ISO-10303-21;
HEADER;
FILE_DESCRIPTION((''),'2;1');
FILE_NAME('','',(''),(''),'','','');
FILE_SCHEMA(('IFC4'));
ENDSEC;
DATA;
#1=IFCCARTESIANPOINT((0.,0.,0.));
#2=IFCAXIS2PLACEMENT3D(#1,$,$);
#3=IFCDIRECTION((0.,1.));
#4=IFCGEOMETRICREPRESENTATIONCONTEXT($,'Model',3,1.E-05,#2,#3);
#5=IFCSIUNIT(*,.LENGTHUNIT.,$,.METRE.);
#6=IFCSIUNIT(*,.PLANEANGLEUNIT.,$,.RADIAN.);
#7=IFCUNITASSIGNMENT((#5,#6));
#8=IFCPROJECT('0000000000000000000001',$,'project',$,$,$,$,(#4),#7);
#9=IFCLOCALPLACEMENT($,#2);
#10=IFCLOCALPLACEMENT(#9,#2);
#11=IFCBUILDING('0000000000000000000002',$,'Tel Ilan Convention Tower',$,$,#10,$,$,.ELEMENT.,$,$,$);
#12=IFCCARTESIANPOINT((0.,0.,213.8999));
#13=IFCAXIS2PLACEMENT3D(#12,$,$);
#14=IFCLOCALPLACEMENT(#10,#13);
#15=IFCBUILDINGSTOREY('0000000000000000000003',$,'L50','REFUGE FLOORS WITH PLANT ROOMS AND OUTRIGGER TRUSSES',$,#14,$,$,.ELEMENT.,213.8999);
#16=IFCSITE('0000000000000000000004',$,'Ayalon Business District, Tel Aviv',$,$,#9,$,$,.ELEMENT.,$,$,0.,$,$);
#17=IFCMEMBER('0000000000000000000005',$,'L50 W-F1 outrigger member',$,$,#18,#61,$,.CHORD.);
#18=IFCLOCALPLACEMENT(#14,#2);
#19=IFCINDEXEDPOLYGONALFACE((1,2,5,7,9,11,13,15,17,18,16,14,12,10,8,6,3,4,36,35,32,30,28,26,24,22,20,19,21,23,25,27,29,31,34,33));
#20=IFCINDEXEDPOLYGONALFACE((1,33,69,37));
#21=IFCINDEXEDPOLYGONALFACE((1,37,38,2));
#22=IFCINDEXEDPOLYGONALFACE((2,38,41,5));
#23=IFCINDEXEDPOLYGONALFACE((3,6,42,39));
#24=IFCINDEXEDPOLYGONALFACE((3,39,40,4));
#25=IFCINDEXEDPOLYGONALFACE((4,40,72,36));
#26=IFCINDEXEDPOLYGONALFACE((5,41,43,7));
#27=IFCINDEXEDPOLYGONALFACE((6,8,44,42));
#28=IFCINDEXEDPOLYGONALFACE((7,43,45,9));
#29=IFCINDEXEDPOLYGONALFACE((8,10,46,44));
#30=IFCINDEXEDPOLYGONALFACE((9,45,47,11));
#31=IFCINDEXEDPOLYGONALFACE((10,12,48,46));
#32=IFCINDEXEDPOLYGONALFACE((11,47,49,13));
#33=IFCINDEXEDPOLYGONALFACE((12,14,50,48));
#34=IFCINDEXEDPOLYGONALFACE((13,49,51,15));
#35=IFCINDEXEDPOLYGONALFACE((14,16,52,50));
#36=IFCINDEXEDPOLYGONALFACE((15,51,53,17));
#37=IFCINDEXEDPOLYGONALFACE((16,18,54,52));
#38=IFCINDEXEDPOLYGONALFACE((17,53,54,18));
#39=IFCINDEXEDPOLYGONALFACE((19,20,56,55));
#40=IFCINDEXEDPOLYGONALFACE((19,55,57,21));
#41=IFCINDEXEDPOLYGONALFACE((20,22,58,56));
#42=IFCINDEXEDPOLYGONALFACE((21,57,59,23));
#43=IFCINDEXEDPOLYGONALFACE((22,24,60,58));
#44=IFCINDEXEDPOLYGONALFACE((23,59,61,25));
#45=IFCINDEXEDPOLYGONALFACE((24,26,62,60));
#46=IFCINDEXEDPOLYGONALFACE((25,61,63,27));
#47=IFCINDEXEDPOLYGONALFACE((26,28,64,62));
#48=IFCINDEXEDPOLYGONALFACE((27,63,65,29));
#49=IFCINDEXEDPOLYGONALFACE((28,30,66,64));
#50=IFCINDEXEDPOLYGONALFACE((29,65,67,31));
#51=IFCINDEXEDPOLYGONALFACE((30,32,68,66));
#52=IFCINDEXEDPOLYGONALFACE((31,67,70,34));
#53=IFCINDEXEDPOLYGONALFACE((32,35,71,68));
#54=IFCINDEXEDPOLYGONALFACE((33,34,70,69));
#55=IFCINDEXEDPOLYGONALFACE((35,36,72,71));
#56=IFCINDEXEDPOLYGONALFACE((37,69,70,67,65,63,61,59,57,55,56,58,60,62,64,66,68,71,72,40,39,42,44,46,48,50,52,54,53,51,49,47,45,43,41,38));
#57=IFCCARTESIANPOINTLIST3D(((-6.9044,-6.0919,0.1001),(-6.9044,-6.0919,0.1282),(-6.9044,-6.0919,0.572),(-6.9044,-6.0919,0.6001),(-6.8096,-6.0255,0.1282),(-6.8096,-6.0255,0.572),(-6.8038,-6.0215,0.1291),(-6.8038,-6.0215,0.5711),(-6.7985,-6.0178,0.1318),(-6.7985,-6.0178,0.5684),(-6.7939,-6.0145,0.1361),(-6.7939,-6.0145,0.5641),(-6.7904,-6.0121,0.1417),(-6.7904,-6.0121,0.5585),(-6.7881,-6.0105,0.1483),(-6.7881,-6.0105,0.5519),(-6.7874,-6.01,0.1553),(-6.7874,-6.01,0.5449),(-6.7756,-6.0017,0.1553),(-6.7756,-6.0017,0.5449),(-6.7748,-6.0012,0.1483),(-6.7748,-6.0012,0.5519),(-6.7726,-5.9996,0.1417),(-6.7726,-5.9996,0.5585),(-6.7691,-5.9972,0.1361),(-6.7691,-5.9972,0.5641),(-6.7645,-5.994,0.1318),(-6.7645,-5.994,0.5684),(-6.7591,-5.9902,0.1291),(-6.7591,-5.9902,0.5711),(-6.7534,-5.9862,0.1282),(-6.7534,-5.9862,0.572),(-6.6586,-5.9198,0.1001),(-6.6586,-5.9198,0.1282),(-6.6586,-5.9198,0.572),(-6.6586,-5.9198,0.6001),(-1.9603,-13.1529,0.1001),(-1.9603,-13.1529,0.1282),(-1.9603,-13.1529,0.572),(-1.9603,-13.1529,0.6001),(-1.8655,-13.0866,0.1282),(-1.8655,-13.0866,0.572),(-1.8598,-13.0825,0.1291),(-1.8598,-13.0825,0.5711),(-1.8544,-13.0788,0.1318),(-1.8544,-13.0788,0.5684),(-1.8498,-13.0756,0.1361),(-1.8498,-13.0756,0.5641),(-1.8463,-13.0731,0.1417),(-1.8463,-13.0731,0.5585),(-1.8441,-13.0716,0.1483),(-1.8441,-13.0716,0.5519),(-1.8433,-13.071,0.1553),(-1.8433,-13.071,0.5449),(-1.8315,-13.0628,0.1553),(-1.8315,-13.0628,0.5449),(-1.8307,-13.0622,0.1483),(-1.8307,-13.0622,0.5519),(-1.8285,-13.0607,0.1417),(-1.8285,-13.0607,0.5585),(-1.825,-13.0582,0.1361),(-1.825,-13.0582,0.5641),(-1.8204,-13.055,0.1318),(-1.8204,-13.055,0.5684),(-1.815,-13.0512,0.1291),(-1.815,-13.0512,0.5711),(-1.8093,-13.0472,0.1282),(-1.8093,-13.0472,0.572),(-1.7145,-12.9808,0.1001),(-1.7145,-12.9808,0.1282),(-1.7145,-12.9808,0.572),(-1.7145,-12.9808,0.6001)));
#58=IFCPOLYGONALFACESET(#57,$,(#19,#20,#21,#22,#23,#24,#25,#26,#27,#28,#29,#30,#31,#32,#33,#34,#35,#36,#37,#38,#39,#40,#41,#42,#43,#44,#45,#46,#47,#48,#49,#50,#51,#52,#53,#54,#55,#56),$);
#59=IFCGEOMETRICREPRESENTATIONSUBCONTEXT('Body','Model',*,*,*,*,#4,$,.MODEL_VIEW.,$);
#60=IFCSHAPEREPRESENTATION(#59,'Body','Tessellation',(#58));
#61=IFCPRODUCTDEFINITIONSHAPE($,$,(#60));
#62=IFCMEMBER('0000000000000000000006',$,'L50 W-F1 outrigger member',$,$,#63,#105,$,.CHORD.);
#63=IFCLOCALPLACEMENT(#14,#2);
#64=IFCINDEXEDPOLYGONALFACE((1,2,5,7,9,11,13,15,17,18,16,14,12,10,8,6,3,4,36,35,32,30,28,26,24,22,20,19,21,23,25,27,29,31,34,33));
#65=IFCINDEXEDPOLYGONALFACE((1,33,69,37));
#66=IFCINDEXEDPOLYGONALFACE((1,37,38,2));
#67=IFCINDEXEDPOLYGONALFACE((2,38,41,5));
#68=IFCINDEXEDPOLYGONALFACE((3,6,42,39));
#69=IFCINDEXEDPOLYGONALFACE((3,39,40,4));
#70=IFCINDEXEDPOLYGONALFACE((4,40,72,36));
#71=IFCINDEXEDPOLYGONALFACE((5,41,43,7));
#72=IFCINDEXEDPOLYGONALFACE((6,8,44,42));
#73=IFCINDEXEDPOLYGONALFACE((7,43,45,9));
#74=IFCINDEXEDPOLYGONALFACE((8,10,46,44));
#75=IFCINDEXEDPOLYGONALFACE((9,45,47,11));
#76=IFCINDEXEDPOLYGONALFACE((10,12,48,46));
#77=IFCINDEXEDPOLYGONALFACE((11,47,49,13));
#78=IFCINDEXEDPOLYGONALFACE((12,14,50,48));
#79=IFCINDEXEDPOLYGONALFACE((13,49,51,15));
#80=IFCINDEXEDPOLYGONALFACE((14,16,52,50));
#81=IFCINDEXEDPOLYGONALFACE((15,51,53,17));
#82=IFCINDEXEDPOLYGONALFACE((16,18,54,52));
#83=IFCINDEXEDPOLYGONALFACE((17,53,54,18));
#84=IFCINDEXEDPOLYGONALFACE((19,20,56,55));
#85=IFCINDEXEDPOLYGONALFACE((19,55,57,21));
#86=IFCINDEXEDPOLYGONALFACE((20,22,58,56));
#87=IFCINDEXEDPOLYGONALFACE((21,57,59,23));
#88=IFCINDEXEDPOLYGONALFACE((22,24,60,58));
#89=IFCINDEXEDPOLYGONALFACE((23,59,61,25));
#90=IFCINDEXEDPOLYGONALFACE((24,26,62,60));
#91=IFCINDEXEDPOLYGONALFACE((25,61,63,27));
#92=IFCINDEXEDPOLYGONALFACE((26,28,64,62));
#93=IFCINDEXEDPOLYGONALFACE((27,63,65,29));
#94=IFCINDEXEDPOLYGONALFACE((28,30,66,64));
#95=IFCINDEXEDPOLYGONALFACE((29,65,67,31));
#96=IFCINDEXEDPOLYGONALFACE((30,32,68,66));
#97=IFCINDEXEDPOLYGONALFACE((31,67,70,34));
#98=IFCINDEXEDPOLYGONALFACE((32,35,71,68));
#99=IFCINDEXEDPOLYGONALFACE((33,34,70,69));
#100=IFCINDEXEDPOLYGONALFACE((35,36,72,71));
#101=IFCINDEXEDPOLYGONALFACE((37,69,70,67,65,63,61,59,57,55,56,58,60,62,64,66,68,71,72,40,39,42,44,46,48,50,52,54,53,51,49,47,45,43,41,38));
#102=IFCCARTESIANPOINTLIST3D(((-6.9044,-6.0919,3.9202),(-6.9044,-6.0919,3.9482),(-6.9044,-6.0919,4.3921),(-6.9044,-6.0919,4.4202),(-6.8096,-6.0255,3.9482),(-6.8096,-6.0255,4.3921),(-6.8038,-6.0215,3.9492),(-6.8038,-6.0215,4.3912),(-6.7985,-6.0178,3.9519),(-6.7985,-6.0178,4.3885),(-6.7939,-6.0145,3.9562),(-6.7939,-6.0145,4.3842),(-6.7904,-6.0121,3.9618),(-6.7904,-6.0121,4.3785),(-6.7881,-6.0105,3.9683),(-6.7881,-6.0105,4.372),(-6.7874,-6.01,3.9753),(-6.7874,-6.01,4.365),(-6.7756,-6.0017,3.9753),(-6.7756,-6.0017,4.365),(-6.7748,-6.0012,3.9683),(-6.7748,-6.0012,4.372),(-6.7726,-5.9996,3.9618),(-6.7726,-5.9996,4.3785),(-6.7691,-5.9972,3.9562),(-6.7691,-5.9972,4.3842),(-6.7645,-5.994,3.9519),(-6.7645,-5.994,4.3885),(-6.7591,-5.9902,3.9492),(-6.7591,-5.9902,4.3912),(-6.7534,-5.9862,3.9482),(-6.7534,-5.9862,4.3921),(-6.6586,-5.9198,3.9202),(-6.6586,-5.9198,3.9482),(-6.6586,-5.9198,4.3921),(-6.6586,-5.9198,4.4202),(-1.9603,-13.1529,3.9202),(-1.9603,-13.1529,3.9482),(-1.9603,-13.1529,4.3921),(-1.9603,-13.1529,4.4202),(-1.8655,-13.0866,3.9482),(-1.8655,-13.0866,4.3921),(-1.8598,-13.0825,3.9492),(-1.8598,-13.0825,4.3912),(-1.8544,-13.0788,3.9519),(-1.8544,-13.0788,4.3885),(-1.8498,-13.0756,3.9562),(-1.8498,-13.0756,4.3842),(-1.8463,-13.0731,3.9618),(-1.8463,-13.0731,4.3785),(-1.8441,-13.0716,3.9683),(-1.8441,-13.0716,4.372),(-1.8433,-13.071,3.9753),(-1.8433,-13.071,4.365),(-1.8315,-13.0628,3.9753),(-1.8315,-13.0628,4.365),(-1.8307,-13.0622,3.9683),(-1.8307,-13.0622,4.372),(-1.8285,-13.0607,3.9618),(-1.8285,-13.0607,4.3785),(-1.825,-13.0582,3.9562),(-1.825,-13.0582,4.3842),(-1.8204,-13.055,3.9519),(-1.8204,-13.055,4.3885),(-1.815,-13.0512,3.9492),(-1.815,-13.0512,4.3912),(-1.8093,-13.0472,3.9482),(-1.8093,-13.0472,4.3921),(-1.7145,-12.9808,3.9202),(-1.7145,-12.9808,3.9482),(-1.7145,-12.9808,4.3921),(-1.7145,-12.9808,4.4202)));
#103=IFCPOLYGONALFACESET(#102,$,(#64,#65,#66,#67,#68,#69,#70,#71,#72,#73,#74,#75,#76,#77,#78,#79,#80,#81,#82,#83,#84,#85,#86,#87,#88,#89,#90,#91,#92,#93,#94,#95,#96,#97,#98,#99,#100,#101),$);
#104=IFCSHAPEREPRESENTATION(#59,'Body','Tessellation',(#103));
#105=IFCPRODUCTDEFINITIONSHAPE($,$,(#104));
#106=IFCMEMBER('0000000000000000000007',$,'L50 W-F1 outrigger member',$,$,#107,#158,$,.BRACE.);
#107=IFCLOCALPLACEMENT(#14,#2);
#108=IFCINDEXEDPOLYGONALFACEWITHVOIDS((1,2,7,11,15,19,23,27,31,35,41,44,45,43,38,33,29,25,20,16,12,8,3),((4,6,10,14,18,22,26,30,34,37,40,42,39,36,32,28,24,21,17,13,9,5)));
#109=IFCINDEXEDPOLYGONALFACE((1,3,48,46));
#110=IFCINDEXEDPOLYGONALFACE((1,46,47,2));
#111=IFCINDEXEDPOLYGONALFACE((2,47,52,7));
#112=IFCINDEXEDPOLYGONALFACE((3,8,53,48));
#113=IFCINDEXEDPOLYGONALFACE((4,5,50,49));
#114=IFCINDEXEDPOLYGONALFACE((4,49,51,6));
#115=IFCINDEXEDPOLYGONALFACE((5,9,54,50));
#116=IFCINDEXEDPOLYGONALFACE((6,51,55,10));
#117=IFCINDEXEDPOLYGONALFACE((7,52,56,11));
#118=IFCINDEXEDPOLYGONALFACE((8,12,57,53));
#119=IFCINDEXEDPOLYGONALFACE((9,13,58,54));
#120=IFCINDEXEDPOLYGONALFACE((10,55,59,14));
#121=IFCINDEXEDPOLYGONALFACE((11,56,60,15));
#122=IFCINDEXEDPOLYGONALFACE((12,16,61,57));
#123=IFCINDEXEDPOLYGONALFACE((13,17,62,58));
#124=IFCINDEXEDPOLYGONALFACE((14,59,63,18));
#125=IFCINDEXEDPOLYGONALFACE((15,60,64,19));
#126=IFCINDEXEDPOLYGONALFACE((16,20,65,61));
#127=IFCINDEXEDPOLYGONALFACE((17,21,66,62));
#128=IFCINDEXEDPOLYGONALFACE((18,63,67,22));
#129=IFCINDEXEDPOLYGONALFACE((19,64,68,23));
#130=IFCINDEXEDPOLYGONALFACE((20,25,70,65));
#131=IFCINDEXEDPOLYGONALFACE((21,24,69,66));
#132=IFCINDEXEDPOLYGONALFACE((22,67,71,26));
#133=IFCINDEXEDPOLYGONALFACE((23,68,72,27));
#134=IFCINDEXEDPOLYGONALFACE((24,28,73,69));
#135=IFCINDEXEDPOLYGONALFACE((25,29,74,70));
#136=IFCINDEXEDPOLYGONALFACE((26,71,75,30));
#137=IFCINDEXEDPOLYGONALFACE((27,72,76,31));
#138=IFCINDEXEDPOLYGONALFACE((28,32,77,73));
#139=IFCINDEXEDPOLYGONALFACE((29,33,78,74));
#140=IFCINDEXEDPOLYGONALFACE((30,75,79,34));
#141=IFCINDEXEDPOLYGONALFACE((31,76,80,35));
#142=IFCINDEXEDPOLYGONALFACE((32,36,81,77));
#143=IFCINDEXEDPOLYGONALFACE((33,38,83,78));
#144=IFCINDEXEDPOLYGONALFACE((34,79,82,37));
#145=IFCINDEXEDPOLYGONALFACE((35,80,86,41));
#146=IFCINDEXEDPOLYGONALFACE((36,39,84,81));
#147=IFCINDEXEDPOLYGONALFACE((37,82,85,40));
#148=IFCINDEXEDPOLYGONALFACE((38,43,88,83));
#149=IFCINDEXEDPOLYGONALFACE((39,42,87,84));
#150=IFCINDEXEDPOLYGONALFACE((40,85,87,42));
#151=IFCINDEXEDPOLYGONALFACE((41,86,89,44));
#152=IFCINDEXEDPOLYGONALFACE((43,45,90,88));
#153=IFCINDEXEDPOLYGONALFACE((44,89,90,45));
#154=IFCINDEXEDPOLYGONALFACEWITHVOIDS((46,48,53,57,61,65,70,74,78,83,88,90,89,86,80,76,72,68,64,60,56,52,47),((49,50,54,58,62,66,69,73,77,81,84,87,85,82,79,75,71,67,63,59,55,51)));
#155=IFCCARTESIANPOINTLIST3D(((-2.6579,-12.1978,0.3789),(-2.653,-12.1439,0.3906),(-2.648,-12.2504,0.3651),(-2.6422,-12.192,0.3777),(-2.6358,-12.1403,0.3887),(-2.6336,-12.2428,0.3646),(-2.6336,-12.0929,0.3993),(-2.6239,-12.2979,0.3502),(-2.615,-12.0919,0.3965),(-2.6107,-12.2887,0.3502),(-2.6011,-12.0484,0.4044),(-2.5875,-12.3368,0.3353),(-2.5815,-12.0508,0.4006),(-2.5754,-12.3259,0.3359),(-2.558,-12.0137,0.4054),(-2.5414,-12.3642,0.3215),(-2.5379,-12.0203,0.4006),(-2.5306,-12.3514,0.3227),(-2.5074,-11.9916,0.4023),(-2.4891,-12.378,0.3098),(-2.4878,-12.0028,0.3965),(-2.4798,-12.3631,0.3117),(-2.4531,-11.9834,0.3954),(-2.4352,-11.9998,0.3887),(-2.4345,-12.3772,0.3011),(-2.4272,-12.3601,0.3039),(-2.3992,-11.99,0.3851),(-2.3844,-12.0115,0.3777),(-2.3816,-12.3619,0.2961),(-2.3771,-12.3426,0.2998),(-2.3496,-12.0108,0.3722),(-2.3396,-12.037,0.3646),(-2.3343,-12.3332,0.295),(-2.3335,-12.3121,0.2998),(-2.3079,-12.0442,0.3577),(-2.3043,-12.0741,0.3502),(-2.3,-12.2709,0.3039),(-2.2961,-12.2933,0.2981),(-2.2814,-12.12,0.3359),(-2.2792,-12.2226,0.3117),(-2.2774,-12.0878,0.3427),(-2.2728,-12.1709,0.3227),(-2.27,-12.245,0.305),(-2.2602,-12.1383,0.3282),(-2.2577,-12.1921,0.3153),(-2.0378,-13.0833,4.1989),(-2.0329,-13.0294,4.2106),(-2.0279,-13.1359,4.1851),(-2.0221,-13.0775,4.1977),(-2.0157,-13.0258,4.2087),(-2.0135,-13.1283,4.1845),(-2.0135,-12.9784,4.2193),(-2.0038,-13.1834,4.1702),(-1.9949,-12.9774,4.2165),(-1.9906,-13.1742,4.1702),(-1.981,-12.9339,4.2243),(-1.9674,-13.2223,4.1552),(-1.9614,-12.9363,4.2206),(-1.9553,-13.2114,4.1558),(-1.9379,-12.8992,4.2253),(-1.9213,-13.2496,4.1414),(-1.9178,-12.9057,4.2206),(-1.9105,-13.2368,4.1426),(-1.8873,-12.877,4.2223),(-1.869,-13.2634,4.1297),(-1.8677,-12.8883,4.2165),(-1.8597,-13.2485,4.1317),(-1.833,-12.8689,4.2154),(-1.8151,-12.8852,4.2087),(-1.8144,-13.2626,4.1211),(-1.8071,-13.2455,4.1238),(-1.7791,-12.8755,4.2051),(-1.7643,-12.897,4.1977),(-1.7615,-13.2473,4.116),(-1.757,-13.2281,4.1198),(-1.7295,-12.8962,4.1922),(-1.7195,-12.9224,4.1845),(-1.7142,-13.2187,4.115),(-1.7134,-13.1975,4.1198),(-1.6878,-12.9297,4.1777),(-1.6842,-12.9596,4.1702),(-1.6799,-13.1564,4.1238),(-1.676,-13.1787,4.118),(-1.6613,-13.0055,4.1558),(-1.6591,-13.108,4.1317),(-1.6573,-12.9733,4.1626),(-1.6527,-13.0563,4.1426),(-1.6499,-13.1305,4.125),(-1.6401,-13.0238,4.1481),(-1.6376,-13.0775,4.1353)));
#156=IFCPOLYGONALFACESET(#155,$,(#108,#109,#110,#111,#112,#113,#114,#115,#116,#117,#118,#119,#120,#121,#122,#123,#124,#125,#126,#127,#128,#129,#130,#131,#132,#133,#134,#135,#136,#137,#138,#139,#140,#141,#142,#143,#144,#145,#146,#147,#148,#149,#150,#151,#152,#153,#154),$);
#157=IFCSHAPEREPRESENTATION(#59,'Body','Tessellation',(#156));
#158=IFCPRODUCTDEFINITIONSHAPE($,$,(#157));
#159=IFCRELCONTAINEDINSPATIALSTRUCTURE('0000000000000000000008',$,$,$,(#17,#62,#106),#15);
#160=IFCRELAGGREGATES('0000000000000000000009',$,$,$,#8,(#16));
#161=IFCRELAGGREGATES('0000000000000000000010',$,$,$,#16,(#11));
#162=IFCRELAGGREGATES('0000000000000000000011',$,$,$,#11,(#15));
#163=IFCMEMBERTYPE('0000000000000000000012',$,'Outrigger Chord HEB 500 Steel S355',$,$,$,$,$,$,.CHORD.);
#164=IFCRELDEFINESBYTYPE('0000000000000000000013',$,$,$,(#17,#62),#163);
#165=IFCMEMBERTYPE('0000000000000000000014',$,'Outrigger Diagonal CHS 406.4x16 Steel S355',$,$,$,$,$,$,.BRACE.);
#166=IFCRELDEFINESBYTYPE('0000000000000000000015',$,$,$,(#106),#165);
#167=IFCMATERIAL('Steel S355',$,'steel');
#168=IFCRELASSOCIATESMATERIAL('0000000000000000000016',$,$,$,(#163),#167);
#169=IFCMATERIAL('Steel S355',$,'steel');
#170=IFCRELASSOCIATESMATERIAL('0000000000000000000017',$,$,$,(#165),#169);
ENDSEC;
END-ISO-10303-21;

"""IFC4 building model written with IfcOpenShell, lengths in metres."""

from ifc_helpers import new_model, si_unit, direction, frame, origin, origin_2d, place, context, subcontext, project, spatial, hollow_circle, i_section, extrude, material, material_profile, profile_set, type_object, element, save


model = new_model("IFC4")

# Units and contexts
model_context = context("Model", 3, precision=1e-05, world=origin(), true_north=direction((0.0, 1.0)))
body_context = subcontext(model_context, "Body", "Model", "MODEL_VIEW")
ifc_project = project(units=[si_unit("LENGTHUNIT", "METRE"), si_unit("PLANEANGLEUNIT", "RADIAN")], contexts=[model_context])

# Site, building, storey
site_placement = place(None, origin())
site = spatial("IfcSite", under=ifc_project, at=site_placement, Name="Ayalon Business District, Tel Aviv", CompositionType="ELEMENT", RefElevation=0.0)
building_placement = place(site_placement, origin())
building = spatial("IfcBuilding", under=site, at=building_placement, Name="Tel Ilan Convention Tower", CompositionType="ELEMENT")
storey_placement = place(building_placement, frame((0.0, 0.0, 213.8999)))
storey = spatial("IfcBuildingStorey", under=building, at=storey_placement, Name="L50", Description="REFUGE FLOORS WITH PLANT ROOMS AND OUTRIGGER TRUSSES", CompositionType="ELEMENT", Elevation=213.8999)

# Members
ifc_material_1 = material(Name="Steel S355", Category="steel")
ifc_material_profile_1 = material_profile(ifc_material_1, i_section(OverallWidth=0.3, OverallDepth=0.5, WebThickness=0.0144, FlangeThickness=0.0281, FilletRadius=0.0271, at=origin_2d()), Name="HEB 500")
ifc_profile_set_1 = profile_set([ifc_material_profile_1], Name="Steel S355")
member_type_1 = type_object("IfcMemberType", Name="Outrigger Chord HEB 500 Steel S355", PredefinedType="CHORD", material=ifc_profile_set_1)
for number, where, z_axis, x_axis, name in (
    (1, (-1.8374, -13.0669, 0.3501), (-0.573569, 0.819157, 0.0), (-0.819157, -0.573569, 0.0), "L50 W-F1 outrigger member"),
    (2, (-1.8374, -13.0669, 4.1702), (-0.573569, 0.819157, 0.0), (-0.819157, -0.573569, 0.0), "L50 W-F1 outrigger member"),
):
    element("IfcMember", number, at=place(storey_placement, frame(where, z_axis=z_axis, x_axis=x_axis)), inside=storey, type_object=member_type_1, Name=name, PredefinedType="CHORD", context=body_context, shape_type="SweptSolid", body=[
        extrude(i_section(OverallWidth=0.3, OverallDepth=0.5, WebThickness=0.0144, FlangeThickness=0.0281, FilletRadius=0.0271, at=origin_2d()), origin(), (0.0, 0.0, 1.0), 8.6199),
    ])
ifc_material_2 = material(Name="Steel S355", Category="steel")
ifc_material_profile_2 = material_profile(ifc_material_2, hollow_circle(Radius=0.2031, WallThickness=0.0161, at=origin_2d()), Name="CHS 406.4x16")
ifc_profile_set_2 = profile_set([ifc_material_profile_2], Name="Steel S355")
member_type_2 = type_object("IfcMemberType", Name="Outrigger Diagonal CHS 406.4x16 Steel S355", PredefinedType="BRACE", material=ifc_profile_set_2)
member_1_placement = place(storey_placement, frame((-1.8374, -13.0669, 4.1702), z_axis=(-0.156197, 0.223043, -0.962213), x_axis=(-0.819115, -0.573629, 0.0)))
element("IfcMember", 3, at=member_1_placement, inside=storey, type_object=member_type_2, Name="L50 W-F1 outrigger member", PredefinedType="BRACE", context=body_context, shape_type="SweptSolid", body=[
    extrude(hollow_circle(Radius=0.2031, WallThickness=0.0161, at=origin_2d()), origin(), (0.0, 0.0, 1.0), 3.97),
])

save(model, "model.ifc")
